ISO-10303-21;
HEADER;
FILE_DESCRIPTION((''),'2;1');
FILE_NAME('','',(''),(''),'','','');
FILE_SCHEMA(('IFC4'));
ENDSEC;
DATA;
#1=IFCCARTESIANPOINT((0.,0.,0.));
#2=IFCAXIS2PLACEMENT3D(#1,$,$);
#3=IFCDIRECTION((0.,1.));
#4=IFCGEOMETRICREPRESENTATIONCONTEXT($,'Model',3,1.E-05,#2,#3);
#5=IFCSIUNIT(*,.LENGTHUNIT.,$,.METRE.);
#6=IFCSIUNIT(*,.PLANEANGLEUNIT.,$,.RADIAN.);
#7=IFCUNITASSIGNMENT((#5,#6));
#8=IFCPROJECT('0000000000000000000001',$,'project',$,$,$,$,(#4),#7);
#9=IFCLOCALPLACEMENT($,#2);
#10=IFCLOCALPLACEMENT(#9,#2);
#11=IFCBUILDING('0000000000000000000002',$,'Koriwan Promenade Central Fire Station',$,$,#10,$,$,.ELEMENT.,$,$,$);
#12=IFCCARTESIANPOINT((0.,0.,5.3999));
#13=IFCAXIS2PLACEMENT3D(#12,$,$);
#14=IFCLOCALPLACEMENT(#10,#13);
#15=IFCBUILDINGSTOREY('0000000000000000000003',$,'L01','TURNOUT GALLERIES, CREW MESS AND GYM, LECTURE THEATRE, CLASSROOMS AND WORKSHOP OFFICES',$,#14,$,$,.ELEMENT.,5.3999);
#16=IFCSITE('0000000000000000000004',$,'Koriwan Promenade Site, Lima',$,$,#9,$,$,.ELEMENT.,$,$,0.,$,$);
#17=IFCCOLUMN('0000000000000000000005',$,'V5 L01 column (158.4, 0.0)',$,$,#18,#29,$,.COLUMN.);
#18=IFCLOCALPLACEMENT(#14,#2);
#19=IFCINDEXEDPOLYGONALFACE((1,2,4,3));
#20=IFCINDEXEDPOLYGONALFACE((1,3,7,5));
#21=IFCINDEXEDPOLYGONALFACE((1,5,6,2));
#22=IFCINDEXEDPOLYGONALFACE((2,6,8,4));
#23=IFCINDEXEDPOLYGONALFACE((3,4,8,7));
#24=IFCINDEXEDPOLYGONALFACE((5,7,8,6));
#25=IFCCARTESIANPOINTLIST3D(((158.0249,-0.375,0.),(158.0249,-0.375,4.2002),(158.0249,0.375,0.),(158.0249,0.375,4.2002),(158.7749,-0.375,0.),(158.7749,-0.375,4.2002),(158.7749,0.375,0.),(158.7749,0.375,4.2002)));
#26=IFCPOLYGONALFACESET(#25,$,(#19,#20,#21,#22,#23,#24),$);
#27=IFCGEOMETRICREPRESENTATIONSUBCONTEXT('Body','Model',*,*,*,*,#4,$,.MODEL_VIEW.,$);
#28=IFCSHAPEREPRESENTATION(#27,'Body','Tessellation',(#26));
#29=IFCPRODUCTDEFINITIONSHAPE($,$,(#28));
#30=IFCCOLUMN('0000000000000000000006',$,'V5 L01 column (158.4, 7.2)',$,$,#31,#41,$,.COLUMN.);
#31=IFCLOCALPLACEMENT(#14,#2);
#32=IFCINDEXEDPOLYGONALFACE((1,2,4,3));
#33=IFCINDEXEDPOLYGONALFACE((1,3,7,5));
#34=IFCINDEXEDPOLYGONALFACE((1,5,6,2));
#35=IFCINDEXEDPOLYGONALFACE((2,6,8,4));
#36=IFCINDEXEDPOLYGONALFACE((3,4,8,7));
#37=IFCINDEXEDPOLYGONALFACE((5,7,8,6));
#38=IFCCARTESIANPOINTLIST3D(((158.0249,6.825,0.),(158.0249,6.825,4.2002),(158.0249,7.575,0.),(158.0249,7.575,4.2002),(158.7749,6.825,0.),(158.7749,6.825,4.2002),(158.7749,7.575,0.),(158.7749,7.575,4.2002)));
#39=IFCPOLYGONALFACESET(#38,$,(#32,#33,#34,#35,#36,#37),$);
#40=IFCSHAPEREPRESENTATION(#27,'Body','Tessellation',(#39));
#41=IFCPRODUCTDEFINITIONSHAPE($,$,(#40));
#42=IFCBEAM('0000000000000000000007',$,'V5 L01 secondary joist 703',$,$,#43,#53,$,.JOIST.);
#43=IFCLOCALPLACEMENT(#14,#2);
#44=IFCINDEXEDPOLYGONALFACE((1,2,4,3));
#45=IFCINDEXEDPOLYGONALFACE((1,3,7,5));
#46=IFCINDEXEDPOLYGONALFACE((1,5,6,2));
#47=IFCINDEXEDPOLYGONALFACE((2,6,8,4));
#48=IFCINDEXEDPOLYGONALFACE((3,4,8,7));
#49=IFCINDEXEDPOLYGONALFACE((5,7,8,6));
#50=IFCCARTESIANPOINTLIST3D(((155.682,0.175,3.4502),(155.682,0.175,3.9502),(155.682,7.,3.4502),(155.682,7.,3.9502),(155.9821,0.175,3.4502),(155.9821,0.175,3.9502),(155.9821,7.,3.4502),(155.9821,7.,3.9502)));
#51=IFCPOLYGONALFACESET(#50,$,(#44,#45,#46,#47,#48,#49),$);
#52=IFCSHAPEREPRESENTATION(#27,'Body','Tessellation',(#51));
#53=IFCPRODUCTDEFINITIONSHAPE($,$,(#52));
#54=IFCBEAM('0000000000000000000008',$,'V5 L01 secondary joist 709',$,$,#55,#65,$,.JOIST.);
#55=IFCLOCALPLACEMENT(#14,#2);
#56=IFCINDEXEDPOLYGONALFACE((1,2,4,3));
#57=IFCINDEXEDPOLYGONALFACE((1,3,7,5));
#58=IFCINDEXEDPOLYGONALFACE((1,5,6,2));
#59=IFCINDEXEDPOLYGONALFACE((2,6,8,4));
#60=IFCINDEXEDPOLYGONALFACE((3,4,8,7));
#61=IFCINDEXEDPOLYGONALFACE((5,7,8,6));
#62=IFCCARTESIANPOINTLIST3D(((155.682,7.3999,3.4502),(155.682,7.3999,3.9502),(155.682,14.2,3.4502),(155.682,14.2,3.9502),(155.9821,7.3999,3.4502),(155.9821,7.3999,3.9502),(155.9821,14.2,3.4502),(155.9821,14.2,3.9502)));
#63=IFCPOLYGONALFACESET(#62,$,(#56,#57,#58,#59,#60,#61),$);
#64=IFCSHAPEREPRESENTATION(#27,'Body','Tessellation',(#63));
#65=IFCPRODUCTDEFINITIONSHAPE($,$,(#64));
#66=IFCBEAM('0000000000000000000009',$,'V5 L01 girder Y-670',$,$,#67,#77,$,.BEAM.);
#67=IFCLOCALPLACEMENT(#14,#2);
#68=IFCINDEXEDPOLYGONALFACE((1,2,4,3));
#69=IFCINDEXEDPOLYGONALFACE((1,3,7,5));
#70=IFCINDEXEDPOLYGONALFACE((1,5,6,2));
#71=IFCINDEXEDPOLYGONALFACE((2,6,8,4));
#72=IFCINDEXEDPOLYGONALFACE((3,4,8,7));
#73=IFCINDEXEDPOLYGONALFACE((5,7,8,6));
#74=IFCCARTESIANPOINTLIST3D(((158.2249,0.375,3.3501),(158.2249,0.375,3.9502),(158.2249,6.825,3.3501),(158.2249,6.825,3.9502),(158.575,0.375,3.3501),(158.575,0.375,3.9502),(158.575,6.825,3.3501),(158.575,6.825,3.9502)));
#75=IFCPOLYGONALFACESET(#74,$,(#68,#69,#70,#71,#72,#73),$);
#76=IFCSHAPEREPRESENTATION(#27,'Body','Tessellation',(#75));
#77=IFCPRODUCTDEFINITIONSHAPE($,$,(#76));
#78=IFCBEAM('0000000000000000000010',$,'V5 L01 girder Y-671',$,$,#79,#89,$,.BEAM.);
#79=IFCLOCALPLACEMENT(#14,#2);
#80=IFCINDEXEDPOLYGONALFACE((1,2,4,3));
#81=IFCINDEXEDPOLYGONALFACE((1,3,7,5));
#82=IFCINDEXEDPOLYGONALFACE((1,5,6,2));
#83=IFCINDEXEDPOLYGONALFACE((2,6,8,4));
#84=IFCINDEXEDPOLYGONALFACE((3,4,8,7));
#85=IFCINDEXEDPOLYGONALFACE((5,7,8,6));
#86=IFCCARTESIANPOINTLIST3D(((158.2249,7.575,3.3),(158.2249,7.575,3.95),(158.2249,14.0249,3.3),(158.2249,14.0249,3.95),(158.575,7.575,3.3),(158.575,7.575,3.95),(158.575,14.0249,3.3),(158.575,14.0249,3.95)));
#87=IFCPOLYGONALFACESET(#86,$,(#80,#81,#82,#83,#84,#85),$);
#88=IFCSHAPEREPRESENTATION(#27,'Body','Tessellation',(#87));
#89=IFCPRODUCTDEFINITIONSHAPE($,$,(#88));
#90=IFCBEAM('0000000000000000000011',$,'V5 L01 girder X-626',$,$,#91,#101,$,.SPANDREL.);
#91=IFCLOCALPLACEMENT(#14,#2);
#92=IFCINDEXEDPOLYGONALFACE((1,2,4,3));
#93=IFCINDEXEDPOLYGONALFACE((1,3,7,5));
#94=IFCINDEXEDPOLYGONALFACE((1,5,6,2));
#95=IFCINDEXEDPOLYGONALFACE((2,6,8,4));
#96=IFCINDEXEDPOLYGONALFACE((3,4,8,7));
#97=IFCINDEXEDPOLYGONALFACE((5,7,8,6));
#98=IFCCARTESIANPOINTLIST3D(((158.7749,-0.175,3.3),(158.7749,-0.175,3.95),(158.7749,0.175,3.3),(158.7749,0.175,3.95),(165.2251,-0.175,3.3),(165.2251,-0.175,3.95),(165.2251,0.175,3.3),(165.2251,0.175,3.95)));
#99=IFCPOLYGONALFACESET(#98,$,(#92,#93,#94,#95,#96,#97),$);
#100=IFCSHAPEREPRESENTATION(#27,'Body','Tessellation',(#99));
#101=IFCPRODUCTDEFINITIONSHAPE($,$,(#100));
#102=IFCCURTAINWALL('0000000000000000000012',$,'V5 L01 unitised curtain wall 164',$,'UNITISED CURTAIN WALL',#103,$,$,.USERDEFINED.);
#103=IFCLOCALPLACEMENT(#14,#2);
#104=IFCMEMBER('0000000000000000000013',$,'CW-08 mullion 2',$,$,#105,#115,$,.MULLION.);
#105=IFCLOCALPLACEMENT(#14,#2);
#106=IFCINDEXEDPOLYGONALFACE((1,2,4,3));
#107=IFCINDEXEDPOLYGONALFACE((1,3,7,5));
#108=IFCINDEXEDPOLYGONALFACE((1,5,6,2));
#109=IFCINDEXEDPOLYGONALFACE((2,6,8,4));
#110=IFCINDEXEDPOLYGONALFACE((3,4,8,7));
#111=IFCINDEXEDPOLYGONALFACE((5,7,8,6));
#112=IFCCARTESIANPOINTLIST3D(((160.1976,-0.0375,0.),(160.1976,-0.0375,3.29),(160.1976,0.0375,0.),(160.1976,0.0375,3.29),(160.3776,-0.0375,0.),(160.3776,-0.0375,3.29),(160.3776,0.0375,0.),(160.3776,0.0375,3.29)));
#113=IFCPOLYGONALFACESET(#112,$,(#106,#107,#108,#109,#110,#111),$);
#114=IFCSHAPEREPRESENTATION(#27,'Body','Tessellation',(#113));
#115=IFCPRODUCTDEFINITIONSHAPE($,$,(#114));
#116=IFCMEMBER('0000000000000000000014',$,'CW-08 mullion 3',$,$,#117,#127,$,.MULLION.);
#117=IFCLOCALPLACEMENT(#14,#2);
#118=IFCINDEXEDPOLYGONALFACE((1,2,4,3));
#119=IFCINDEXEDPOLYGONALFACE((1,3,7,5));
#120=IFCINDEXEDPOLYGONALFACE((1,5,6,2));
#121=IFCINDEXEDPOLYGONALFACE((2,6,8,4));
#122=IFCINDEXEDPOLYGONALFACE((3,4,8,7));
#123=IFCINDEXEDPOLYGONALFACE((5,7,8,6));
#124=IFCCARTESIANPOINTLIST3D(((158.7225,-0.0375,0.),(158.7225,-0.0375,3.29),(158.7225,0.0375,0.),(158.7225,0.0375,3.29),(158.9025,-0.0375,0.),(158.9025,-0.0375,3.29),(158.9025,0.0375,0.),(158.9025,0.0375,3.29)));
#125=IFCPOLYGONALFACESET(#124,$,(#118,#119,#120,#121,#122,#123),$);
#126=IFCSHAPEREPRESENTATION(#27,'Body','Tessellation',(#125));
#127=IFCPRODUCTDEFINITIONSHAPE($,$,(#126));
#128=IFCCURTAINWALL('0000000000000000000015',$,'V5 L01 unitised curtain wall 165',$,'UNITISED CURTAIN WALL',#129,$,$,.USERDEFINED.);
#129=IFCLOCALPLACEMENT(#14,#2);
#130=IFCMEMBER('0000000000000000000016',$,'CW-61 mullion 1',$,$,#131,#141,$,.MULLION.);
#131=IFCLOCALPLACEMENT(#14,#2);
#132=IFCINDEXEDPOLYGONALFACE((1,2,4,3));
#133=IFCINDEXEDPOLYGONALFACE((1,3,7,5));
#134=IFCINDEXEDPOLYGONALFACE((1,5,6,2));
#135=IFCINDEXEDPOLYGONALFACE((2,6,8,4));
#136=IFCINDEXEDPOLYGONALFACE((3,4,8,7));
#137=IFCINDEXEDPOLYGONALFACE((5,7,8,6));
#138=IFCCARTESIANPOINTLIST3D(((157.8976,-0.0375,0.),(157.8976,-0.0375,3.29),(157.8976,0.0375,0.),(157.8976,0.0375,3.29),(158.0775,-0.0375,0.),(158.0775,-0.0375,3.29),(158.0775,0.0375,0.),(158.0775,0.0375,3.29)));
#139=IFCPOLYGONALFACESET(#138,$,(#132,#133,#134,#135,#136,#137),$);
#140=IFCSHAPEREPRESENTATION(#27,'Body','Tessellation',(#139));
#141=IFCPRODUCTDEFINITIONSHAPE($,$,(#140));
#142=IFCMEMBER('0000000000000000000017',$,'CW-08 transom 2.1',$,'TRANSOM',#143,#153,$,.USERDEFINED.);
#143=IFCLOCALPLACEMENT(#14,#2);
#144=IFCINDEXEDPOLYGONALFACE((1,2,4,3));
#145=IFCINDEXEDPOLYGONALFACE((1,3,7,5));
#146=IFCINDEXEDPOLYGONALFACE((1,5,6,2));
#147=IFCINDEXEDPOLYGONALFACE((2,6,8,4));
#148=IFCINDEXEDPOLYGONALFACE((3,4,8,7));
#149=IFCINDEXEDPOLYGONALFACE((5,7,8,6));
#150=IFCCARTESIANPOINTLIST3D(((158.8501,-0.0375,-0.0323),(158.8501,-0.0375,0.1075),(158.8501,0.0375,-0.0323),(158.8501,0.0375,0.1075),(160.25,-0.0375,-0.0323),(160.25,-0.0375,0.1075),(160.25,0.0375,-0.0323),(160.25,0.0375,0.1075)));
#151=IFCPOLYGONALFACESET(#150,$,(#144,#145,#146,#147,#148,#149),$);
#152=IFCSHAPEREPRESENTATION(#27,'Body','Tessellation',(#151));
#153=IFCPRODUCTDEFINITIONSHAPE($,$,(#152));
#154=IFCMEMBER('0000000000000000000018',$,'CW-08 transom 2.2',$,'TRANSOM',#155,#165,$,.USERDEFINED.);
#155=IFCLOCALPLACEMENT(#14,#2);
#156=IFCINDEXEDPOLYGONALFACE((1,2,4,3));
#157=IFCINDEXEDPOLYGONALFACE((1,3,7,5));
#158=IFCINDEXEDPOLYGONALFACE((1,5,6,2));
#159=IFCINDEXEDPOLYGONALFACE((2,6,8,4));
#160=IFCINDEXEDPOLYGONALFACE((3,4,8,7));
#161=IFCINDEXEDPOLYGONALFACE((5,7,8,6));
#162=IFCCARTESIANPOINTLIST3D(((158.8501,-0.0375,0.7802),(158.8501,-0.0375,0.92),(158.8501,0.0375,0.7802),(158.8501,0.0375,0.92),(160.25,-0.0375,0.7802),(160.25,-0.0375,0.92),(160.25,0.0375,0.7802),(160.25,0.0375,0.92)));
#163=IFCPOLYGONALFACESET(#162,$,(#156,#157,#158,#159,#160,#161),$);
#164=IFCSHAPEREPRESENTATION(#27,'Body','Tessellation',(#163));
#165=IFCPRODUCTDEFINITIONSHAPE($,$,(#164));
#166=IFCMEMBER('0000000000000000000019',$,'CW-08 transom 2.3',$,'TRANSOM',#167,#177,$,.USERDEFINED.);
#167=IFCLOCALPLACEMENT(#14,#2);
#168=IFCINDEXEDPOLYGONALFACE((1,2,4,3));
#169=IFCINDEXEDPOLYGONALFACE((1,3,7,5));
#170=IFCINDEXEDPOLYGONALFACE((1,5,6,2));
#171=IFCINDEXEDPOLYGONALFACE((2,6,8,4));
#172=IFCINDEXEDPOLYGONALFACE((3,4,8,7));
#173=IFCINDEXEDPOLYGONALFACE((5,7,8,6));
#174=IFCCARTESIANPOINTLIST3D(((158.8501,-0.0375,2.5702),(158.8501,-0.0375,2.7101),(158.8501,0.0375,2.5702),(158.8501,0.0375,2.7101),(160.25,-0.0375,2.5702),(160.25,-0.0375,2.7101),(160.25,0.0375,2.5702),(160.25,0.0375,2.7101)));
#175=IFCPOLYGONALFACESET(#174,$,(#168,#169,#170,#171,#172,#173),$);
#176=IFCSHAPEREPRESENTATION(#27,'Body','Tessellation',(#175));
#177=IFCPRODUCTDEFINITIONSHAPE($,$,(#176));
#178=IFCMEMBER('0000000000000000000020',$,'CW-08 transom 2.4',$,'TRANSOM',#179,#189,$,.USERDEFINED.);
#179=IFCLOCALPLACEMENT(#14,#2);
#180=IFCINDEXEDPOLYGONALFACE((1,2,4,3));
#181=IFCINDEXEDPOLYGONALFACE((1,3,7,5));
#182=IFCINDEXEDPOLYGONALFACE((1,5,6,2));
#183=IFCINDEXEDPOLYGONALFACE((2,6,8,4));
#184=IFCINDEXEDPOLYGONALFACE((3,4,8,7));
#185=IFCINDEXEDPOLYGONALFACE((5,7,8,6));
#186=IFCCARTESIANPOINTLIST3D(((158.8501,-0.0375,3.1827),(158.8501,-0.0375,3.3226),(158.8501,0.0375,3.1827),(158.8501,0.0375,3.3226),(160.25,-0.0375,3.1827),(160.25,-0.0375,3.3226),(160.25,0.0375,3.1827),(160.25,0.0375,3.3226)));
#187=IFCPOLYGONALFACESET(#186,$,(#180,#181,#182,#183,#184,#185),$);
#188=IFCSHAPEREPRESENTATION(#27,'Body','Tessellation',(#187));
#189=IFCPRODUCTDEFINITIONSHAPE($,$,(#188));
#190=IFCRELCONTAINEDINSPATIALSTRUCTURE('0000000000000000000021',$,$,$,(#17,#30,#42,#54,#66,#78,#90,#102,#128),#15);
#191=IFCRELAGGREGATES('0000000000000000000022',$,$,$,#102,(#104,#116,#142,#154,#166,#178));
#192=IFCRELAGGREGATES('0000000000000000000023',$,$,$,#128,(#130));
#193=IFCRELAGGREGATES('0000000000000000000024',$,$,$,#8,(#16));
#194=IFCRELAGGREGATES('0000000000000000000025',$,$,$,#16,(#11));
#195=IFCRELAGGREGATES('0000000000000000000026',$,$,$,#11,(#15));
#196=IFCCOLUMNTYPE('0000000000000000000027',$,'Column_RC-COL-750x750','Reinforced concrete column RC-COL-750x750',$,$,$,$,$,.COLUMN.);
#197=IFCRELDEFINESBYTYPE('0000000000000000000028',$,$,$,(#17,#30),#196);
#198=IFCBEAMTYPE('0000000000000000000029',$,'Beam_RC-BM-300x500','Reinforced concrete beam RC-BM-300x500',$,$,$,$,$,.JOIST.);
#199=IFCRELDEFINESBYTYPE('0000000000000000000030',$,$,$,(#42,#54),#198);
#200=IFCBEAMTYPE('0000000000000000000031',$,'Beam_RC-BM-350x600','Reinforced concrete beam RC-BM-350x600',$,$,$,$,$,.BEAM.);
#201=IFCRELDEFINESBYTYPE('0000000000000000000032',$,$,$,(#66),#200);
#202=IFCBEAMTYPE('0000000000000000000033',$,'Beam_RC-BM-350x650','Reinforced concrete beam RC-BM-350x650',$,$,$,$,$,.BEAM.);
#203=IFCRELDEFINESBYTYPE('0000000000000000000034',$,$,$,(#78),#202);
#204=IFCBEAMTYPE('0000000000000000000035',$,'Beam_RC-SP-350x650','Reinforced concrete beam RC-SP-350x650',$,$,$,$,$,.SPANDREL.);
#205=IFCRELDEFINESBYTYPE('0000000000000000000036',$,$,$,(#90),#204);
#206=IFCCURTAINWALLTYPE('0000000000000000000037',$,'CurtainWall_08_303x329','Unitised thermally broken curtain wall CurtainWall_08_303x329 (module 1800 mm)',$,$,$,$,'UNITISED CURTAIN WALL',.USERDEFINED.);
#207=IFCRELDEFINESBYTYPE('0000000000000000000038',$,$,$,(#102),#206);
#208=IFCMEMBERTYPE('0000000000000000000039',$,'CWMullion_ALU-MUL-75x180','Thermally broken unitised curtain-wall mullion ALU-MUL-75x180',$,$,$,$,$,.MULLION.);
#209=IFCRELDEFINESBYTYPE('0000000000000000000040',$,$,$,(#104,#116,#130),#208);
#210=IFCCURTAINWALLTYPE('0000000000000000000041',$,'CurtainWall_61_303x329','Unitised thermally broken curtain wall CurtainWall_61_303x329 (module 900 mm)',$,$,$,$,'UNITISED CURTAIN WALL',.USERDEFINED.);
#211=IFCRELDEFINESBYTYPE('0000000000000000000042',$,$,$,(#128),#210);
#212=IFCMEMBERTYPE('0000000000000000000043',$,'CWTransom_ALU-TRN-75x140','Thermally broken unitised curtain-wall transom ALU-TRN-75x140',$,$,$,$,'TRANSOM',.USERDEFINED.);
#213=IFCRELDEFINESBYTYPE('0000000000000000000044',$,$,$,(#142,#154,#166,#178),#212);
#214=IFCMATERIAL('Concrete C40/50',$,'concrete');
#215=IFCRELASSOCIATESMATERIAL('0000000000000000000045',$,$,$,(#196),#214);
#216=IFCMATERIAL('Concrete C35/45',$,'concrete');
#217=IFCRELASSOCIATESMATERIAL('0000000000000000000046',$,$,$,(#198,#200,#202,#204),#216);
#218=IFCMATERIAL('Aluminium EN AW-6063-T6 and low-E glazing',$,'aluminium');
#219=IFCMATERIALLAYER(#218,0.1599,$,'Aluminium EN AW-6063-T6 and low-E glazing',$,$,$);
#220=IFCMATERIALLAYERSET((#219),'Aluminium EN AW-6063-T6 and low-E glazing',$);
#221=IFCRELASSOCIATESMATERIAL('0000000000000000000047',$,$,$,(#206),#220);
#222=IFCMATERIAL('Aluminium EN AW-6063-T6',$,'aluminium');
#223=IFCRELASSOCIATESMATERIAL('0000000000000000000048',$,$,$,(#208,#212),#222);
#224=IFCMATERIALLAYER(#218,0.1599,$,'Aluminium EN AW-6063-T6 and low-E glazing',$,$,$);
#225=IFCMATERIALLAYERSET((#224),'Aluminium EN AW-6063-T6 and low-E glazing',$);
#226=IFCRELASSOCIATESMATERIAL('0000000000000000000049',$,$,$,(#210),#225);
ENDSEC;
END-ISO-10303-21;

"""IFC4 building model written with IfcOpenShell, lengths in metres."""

from ifc_helpers import new_model, si_unit, direction, frame, origin, origin_2d, place, context, subcontext, project, spatial, rectangle, extrude, material, layer, layer_set, material_profile, profile_set, type_object, element, aggregate, save


model = new_model("IFC4")

# Units and contexts
model_context = context("Model", 3, precision=1e-05, world=origin(), true_north=direction((0.0, 1.0)))
body_context = subcontext(model_context, "Body", "Model", "MODEL_VIEW")
ifc_project = project(units=[si_unit("LENGTHUNIT", "METRE"), si_unit("PLANEANGLEUNIT", "RADIAN")], contexts=[model_context])

# Site, building, storey
site_placement = place(None, origin())
site = spatial("IfcSite", under=ifc_project, at=site_placement, Name="Koriwan Promenade Site, Lima", CompositionType="ELEMENT", RefElevation=0.0)
building_placement = place(site_placement, origin())
building = spatial("IfcBuilding", under=site, at=building_placement, Name="Koriwan Promenade Central Fire Station", CompositionType="ELEMENT")
storey_placement = place(building_placement, frame((0.0, 0.0, 5.3999)))
storey = spatial("IfcBuildingStorey", under=building, at=storey_placement, Name="L01", Description="TURNOUT GALLERIES, CREW MESS AND GYM, LECTURE THEATRE, CLASSROOMS AND WORKSHOP OFFICES", CompositionType="ELEMENT", Elevation=5.3999)

# Columns
ifc_material_1 = material(Name="Concrete C40/50", Category="concrete")
ifc_material_profile_1 = material_profile(ifc_material_1, rectangle(XDim=0.75, YDim=0.75, at=origin_2d()), Name="RC-COL-750x750")
ifc_profile_set_1 = profile_set([ifc_material_profile_1], Name="Concrete C40/50")
column_type = type_object("IfcColumnType", Name="Column_RC-COL-750x750", Description="Reinforced concrete column RC-COL-750x750", PredefinedType="COLUMN", material=ifc_profile_set_1)
for number, where, z_axis, x_axis, name in (
    (1, (158.3999, 0.0, 0.0), (0.0, 0.0, 1.0), (1.0, 0.0, 0.0), "V5 L01 column (158.4, 0.0)"),
    (2, (158.3999, 7.2, 0.0), (0.0, 0.0, 1.0), (1.0, 0.0, 0.0), "V5 L01 column (158.4, 7.2)"),
):
    element("IfcColumn", number, at=place(storey_placement, frame(where, z_axis=z_axis, x_axis=x_axis)), inside=storey, type_object=column_type, Name=name, PredefinedType="COLUMN", context=body_context, shape_type="SweptSolid", body=[
        extrude(rectangle(XDim=0.75, YDim=0.75, at=origin_2d()), origin(), (0.0, 0.0, 1.0), 4.2002),
    ])

# Beams
ifc_material_2 = material(Name="Concrete C35/45", Category="concrete")
ifc_material_profile_2 = material_profile(ifc_material_2, rectangle(XDim=0.3, YDim=0.5, at=origin_2d()), Name="RC-BM-300x500")
ifc_profile_set_2 = profile_set([ifc_material_profile_2], Name="Concrete C35/45")
beam_type_1 = type_object("IfcBeamType", Name="Beam_RC-BM-300x500", Description="Reinforced concrete beam RC-BM-300x500", PredefinedType="JOIST", material=ifc_profile_set_2)
beam_1_placement = place(storey_placement, frame((155.832, 0.175, 3.7002), z_axis=(0.0, 1.0, 0.0), x_axis=(-1.0, 0.0, 0.0)))
element("IfcBeam", 3, at=beam_1_placement, inside=storey, type_object=beam_type_1, Name="V5 L01 secondary joist 703", PredefinedType="JOIST", context=body_context, shape_type="SweptSolid", body=[
    extrude(rectangle(XDim=0.3, YDim=0.5, at=origin_2d()), origin(), (0.0, 0.0, 1.0), 6.825),
])
beam_2_placement = place(storey_placement, frame((155.832, 7.3999, 3.7002), z_axis=(0.0, 1.0, 0.0), x_axis=(-1.0, 0.0, 0.0)))
element("IfcBeam", 4, at=beam_2_placement, inside=storey, type_object=beam_type_1, Name="V5 L01 secondary joist 709", PredefinedType="JOIST", context=body_context, shape_type="SweptSolid", body=[
    extrude(rectangle(XDim=0.3, YDim=0.5, at=origin_2d()), origin(), (0.0, 0.0, 1.0), 6.8),
])
ifc_material_profile_3 = material_profile(ifc_material_2, rectangle(XDim=0.3501, YDim=0.6001, at=origin_2d()), Name="RC-BM-350x600")
ifc_profile_set_3 = profile_set([ifc_material_profile_3], Name="Concrete C35/45")
beam_type_2 = type_object("IfcBeamType", Name="Beam_RC-BM-350x600", Description="Reinforced concrete beam RC-BM-350x600", PredefinedType="BEAM", material=ifc_profile_set_3)
beam_3_placement = place(storey_placement, frame((158.3999, 0.375, 3.6501), z_axis=(0.0, 1.0, 0.0), x_axis=(-1.0, 0.0, 0.0)))
element("IfcBeam", 5, at=beam_3_placement, inside=storey, type_object=beam_type_2, Name="V5 L01 girder Y-670", PredefinedType="BEAM", context=body_context, shape_type="SweptSolid", body=[
    extrude(rectangle(XDim=0.3501, YDim=0.6001, at=origin_2d()), origin(), (0.0, 0.0, 1.0), 6.45),
])
ifc_material_profile_4 = material_profile(ifc_material_2, rectangle(XDim=0.3501, YDim=0.6499, at=origin_2d()), Name="RC-BM-350x650")
ifc_profile_set_4 = profile_set([ifc_material_profile_4], Name="Concrete C35/45")
beam_type_3 = type_object("IfcBeamType", Name="Beam_RC-BM-350x650", Description="Reinforced concrete beam RC-BM-350x650", PredefinedType="BEAM", material=ifc_profile_set_4)
beam_4_placement = place(storey_placement, frame((158.3999, 7.575, 3.625), z_axis=(0.0, 1.0, 0.0), x_axis=(-1.0, 0.0, 0.0)))
element("IfcBeam", 6, at=beam_4_placement, inside=storey, type_object=beam_type_3, Name="V5 L01 girder Y-671", PredefinedType="BEAM", context=body_context, shape_type="SweptSolid", body=[
    extrude(rectangle(XDim=0.3501, YDim=0.6499, at=origin_2d()), origin(), (0.0, 0.0, 1.0), 6.45),
])
ifc_material_profile_5 = material_profile(ifc_material_2, rectangle(XDim=0.3501, YDim=0.6499, at=origin_2d()), Name="RC-SP-350x650")
ifc_profile_set_5 = profile_set([ifc_material_profile_5], Name="Concrete C35/45")
beam_type_4 = type_object("IfcBeamType", Name="Beam_RC-SP-350x650", Description="Reinforced concrete beam RC-SP-350x650", PredefinedType="SPANDREL", material=ifc_profile_set_5)
beam_5_placement = place(storey_placement, frame((158.7749, 0.0, 3.625), z_axis=(1.0, 0.0, 0.0), x_axis=(0.0, 1.0, 0.0)))
element("IfcBeam", 7, at=beam_5_placement, inside=storey, type_object=beam_type_4, Name="V5 L01 girder X-626", PredefinedType="SPANDREL", context=body_context, shape_type="SweptSolid", body=[
    extrude(rectangle(XDim=0.3501, YDim=0.6499, at=origin_2d()), origin(), (0.0, 0.0, 1.0), 6.4502),
])

# Curtain wall, members
ifc_material_3 = material(Name="Aluminium EN AW-6063-T6 and low-E glazing", Category="aluminium")
ifc_layer_1 = layer(ifc_material_3, 0.1599, Name="Aluminium EN AW-6063-T6 and low-E glazing")
ifc_layer_set_1 = layer_set([ifc_layer_1], Name="Aluminium EN AW-6063-T6 and low-E glazing")
curtain_wall_type_1 = type_object("IfcCurtainWallType", Name="CurtainWall_08_303x329", Description="Unitised thermally broken curtain wall CurtainWall_08_303x329 (module 1800 mm)", ElementType="UNITISED CURTAIN WALL", PredefinedType="USERDEFINED", material=ifc_layer_set_1)
curtain_wall_1_placement = place(storey_placement, origin())
curtain_wall_1 = element("IfcCurtainWall", 8, at=curtain_wall_1_placement, inside=storey, type_object=curtain_wall_type_1, Name="V5 L01 unitised curtain wall 164", ObjectType="UNITISED CURTAIN WALL", PredefinedType="USERDEFINED")
ifc_material_4 = material(Name="Aluminium EN AW-6063-T6", Category="aluminium")
ifc_material_profile_6 = material_profile(ifc_material_4, rectangle(XDim=0.075, YDim=0.1799, at=origin_2d()), Name="ALU-MUL-75x180")
ifc_profile_set_6 = profile_set([ifc_material_profile_6], Name="Aluminium EN AW-6063-T6")
member_type_1 = type_object("IfcMemberType", Name="CWMullion_ALU-MUL-75x180", Description="Thermally broken unitised curtain-wall mullion ALU-MUL-75x180", PredefinedType="MULLION", material=ifc_profile_set_6)
member_1_placement = place(storey_placement, frame((160.2876, 0.0, 0.0), z_axis=(0.0, 0.0, 1.0), x_axis=(0.0, -1.0, 0.0)))
member_1 = element("IfcMember", 9, at=member_1_placement, type_object=member_type_1, Name="CW-08 mullion 2", PredefinedType="MULLION", context=body_context, shape_type="SweptSolid", body=[
    extrude(rectangle(XDim=0.075, YDim=0.1799, at=origin_2d()), origin(), (0.0, 0.0, 1.0), 3.29),
])
member_2_placement = place(storey_placement, frame((158.8125, 0.0, 0.0), z_axis=(0.0, 0.0, 1.0), x_axis=(0.0, -1.0, 0.0)))
member_2 = element("IfcMember", 10, at=member_2_placement, type_object=member_type_1, Name="CW-08 mullion 3", PredefinedType="MULLION", context=body_context, shape_type="SweptSolid", body=[
    extrude(rectangle(XDim=0.075, YDim=0.1799, at=origin_2d()), origin(), (0.0, 0.0, 1.0), 3.29),
])

# Curtain wall, member
ifc_layer_2 = layer(ifc_material_3, 0.1599, Name="Aluminium EN AW-6063-T6 and low-E glazing")
ifc_layer_set_2 = layer_set([ifc_layer_2], Name="Aluminium EN AW-6063-T6 and low-E glazing")
curtain_wall_type_2 = type_object("IfcCurtainWallType", Name="CurtainWall_61_303x329", Description="Unitised thermally broken curtain wall CurtainWall_61_303x329 (module 900 mm)", ElementType="UNITISED CURTAIN WALL", PredefinedType="USERDEFINED", material=ifc_layer_set_2)
curtain_wall_2_placement = place(storey_placement, origin())
curtain_wall_2 = element("IfcCurtainWall", 11, at=curtain_wall_2_placement, inside=storey, type_object=curtain_wall_type_2, Name="V5 L01 unitised curtain wall 165", ObjectType="UNITISED CURTAIN WALL", PredefinedType="USERDEFINED")
member_3_placement = place(storey_placement, frame((157.9875, 0.0, 0.0), z_axis=(0.0, 0.0, 1.0), x_axis=(0.0, -1.0, 0.0)))
member_3 = element("IfcMember", 12, at=member_3_placement, type_object=member_type_1, Name="CW-61 mullion 1", PredefinedType="MULLION", context=body_context, shape_type="SweptSolid", body=[
    extrude(rectangle(XDim=0.075, YDim=0.1799, at=origin_2d()), origin(), (0.0, 0.0, 1.0), 3.29),
])

# Members
ifc_material_profile_7 = material_profile(ifc_material_4, rectangle(XDim=0.075, YDim=0.1399, at=origin_2d()), Name="ALU-TRN-75x140")
ifc_profile_set_7 = profile_set([ifc_material_profile_7], Name="Aluminium EN AW-6063-T6")
member_type_2 = type_object("IfcMemberType", Name="CWTransom_ALU-TRN-75x140", Description="Thermally broken unitised curtain-wall transom ALU-TRN-75x140", ElementType="TRANSOM", PredefinedType="USERDEFINED", material=ifc_profile_set_7)
member_4_placement = place(storey_placement, frame((160.25, 0.0, 0.0376), z_axis=(-1.0, 0.0, 0.0), x_axis=(0.0, -1.0, 0.0)))
member_4 = element("IfcMember", 13, at=member_4_placement, type_object=member_type_2, Name="CW-08 transom 2.1", ObjectType="TRANSOM", PredefinedType="USERDEFINED", context=body_context, shape_type="SweptSolid", body=[
    extrude(rectangle(XDim=0.075, YDim=0.1399, at=origin_2d()), origin(), (0.0, 0.0, 1.0), 1.3999),
])
member_5_placement = place(storey_placement, frame((160.25, 0.0, 0.8501), z_axis=(-1.0, 0.0, 0.0), x_axis=(0.0, -1.0, 0.0)))
member_5 = element("IfcMember", 14, at=member_5_placement, type_object=member_type_2, Name="CW-08 transom 2.2", ObjectType="TRANSOM", PredefinedType="USERDEFINED", context=body_context, shape_type="SweptSolid", body=[
    extrude(rectangle(XDim=0.075, YDim=0.1399, at=origin_2d()), origin(), (0.0, 0.0, 1.0), 1.3999),
])
member_6_placement = place(storey_placement, frame((160.25, 0.0, 2.6401), z_axis=(-1.0, 0.0, 0.0), x_axis=(0.0, -1.0, 0.0)))
member_6 = element("IfcMember", 15, at=member_6_placement, type_object=member_type_2, Name="CW-08 transom 2.3", ObjectType="TRANSOM", PredefinedType="USERDEFINED", context=body_context, shape_type="SweptSolid", body=[
    extrude(rectangle(XDim=0.075, YDim=0.1399, at=origin_2d()), origin(), (0.0, 0.0, 1.0), 1.3999),
])
member_7_placement = place(storey_placement, frame((160.25, 0.0, 3.2527), z_axis=(-1.0, 0.0, 0.0), x_axis=(0.0, -1.0, 0.0)))
member_7 = element("IfcMember", 16, at=member_7_placement, type_object=member_type_2, Name="CW-08 transom 2.4", ObjectType="TRANSOM", PredefinedType="USERDEFINED", context=body_context, shape_type="SweptSolid", body=[
    extrude(rectangle(XDim=0.075, YDim=0.1399, at=origin_2d()), origin(), (0.0, 0.0, 1.0), 1.3999),
])

aggregate(curtain_wall_1, [member_1, member_2, member_4, member_5, member_6, member_7])
aggregate(curtain_wall_2, [member_3])

save(model, "model.ifc")
